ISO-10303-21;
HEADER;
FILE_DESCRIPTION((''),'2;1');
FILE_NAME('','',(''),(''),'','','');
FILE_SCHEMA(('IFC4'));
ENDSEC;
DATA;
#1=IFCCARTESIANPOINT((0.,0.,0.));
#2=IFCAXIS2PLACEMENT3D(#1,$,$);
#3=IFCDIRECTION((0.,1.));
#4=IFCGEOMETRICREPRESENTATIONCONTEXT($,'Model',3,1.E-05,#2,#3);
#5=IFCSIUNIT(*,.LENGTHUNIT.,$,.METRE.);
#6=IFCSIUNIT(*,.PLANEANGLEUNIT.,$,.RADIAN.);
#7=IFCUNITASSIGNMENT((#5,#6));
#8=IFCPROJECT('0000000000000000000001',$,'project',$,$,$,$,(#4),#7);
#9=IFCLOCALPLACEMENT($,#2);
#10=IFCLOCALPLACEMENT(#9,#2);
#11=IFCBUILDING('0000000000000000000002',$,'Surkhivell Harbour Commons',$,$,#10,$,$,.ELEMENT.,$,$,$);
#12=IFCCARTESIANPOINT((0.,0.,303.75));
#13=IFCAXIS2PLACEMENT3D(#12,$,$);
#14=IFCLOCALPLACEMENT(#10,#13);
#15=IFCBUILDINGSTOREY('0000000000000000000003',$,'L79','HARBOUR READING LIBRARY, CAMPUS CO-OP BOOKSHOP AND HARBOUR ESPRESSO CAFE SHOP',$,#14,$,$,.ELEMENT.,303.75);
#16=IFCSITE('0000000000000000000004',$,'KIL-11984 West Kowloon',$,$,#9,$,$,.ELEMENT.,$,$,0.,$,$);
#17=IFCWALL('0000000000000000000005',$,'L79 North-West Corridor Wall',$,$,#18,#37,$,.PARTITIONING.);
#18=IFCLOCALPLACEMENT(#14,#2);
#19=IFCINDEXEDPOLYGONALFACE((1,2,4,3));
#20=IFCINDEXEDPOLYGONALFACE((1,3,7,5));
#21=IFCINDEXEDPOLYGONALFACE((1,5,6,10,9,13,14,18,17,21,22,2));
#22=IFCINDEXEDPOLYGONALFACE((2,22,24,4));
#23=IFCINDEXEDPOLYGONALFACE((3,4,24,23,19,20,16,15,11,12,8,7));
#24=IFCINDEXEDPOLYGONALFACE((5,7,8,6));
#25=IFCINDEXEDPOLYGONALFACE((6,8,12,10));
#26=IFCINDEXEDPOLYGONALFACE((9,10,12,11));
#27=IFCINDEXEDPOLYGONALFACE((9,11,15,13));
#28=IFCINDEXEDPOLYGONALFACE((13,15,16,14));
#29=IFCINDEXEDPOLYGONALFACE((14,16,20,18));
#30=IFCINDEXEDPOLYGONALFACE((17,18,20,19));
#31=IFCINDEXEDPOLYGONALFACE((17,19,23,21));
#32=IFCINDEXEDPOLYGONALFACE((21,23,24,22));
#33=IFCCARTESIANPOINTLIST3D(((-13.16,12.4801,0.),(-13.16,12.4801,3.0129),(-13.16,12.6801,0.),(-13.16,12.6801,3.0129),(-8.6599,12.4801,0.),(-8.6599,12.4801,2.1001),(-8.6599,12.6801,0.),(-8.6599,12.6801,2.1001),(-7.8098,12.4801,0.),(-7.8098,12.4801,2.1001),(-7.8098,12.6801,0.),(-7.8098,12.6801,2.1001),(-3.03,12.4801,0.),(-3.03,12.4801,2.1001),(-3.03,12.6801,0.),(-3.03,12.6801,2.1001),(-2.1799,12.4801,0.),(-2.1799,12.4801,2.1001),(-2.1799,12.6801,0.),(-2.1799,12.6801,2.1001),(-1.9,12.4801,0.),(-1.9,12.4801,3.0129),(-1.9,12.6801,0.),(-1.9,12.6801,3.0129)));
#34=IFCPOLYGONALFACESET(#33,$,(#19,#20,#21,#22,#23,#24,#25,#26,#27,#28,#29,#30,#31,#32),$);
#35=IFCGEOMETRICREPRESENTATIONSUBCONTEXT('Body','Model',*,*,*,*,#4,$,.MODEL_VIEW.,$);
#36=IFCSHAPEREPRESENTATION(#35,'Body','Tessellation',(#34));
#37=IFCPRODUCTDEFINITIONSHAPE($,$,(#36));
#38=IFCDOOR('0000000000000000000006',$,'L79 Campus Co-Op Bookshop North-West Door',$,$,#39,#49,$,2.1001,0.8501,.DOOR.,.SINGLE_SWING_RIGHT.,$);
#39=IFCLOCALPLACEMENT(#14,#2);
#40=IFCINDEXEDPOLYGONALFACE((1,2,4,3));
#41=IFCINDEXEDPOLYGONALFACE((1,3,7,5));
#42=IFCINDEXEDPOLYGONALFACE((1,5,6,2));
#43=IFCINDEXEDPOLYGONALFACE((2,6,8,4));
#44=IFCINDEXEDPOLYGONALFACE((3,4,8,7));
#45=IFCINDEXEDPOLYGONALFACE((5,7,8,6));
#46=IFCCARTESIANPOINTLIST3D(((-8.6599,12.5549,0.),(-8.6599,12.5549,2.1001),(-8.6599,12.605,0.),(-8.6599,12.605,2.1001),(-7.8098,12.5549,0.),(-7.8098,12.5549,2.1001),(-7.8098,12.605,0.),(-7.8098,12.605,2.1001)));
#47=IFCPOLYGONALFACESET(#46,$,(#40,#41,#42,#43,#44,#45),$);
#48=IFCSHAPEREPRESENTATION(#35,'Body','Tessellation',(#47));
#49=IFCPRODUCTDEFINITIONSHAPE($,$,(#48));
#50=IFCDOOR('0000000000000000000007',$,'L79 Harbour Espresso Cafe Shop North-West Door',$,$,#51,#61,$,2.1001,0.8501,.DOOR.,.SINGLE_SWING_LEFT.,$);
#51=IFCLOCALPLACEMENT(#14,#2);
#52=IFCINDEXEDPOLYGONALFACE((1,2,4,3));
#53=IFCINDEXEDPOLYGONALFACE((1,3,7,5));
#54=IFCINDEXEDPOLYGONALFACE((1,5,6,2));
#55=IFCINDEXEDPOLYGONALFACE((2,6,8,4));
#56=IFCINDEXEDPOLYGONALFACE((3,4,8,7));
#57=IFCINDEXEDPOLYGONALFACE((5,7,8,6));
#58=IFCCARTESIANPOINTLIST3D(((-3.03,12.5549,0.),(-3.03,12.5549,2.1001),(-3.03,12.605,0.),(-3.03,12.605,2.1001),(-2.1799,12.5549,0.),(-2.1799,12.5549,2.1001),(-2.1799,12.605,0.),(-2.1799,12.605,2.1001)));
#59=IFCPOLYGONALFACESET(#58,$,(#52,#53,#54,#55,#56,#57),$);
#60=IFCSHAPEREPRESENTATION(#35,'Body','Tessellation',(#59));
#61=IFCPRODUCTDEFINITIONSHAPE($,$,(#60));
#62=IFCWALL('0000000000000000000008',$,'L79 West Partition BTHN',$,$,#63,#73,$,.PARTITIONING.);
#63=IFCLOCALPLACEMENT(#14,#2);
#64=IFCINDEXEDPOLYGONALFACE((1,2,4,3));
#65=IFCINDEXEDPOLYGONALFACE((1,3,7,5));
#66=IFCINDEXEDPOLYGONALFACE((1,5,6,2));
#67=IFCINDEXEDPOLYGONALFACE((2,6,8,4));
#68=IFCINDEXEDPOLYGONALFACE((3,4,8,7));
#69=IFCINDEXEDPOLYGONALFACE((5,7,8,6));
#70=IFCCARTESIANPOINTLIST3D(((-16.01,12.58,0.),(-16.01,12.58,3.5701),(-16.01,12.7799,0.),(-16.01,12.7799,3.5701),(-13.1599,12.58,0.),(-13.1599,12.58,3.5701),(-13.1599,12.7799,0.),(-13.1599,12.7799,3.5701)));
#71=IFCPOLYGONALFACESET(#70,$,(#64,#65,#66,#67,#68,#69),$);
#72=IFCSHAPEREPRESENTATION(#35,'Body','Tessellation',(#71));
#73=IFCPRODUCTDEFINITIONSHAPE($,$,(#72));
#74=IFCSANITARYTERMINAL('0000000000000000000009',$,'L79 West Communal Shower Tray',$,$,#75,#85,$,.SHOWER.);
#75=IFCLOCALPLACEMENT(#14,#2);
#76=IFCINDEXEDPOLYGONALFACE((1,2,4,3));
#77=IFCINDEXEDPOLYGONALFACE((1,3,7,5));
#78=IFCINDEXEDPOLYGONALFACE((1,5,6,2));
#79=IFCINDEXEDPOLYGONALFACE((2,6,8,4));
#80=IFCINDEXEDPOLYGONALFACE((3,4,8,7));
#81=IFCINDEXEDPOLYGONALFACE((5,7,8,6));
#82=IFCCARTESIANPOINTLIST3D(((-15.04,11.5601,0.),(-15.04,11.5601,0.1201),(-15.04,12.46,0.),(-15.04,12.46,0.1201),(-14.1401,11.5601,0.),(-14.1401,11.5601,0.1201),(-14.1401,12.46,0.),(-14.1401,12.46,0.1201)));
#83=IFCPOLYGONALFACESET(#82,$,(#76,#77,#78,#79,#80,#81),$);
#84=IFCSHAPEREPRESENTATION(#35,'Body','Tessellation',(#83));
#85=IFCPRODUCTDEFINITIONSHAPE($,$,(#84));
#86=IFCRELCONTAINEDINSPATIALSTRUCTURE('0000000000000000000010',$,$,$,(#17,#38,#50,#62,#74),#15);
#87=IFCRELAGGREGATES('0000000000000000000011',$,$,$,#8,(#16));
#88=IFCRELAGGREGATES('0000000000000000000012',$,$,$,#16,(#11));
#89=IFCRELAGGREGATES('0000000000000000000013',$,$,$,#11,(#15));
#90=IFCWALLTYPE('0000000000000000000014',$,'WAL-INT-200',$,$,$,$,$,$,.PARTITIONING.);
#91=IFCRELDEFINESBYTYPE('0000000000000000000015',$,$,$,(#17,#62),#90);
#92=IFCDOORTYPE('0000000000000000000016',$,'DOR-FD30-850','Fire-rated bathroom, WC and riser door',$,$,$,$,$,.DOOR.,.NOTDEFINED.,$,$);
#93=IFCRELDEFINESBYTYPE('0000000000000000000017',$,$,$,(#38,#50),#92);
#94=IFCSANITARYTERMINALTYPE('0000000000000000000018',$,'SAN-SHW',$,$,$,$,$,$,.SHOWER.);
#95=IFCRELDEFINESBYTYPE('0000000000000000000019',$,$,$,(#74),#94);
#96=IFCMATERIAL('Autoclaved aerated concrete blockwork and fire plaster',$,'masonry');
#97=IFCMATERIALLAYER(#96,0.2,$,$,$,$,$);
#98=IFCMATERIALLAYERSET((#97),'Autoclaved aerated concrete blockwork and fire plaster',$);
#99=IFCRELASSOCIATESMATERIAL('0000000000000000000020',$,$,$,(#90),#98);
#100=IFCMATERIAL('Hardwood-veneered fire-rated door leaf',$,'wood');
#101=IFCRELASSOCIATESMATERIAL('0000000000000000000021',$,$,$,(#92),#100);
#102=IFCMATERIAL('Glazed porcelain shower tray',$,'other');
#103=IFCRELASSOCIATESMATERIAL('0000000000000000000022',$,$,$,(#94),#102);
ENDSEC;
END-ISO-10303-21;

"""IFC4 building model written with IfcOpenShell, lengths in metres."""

from ifc_helpers import new_model, si_unit, direction, frame, frame_2d, origin, origin_2d, place, context, subcontext, project, spatial, rectangle, extrude, material, layer, layer_set, type_object, element, fill, save


model = new_model("IFC4")

# Units and contexts
model_context = context("Model", 3, precision=1e-05, world=origin(), true_north=direction((0.0, 1.0)))
body_context = subcontext(model_context, "Body", "Model", "MODEL_VIEW")
ifc_project = project(units=[si_unit("LENGTHUNIT", "METRE"), si_unit("PLANEANGLEUNIT", "RADIAN")], contexts=[model_context])

# Site, building, storey
site_placement = place(None, origin())
site = spatial("IfcSite", under=ifc_project, at=site_placement, Name="KIL-11984 West Kowloon", CompositionType="ELEMENT", RefElevation=0.0)
building_placement = place(site_placement, origin())
building = spatial("IfcBuilding", under=site, at=building_placement, Name="Surkhivell Harbour Commons", CompositionType="ELEMENT")
storey_placement = place(building_placement, frame((0.0, 0.0, 303.75)))
storey = spatial("IfcBuildingStorey", under=building, at=storey_placement, Name="L79", Description="HARBOUR READING LIBRARY, CAMPUS CO-OP BOOKSHOP AND HARBOUR ESPRESSO CAFE SHOP", CompositionType="ELEMENT", Elevation=303.75)

# Shared definitions
ifc_material_1 = material(Name="Autoclaved aerated concrete blockwork and fire plaster", Category="masonry")
ifc_layer_1 = layer(ifc_material_1, 0.2)
ifc_layer_set_1 = layer_set([ifc_layer_1], Name="Autoclaved aerated concrete blockwork and fire plaster")
wall_type_1 = type_object("IfcWallType", Name="WAL-INT-200", PredefinedType="PARTITIONING", material=ifc_layer_set_1)

# Wall, openings, doors
wall_1_placement = place(storey_placement, frame((-13.1599, 12.5801, 0.0), z_axis=(0.0, 0.0, 1.0), x_axis=(1.0, 0.0, 0.0)))
wall_1 = element("IfcWall", 1, at=wall_1_placement, inside=storey, type_object=wall_type_1, Name="L79 North-West Corridor Wall", PredefinedType="PARTITIONING", context=body_context, shape_type="SweptSolid", body=[
    extrude(rectangle(XDim=11.26, YDim=0.2, at=frame_2d((5.6299, 0.0))), origin(), (0.0, 0.0, 1.0), 3.0129),
])
opening_1_placement = place(wall_1_placement, frame((4.5, 0.0, 0.0)))
opening_1 = element("IfcOpeningElement", 2, at=opening_1_placement, cuts=wall_1, PredefinedType="OPENING", context=body_context, shape_type="SweptSolid", body=[
    extrude(rectangle(XDim=0.8501, YDim=2.1001, at=frame_2d((0.425, 1.05))), frame((0.0, 0.1099, 0.0), z_axis=(0.0, -1.0, 0.0), x_axis=(1.0, 0.0, 0.0)), (0.0, 0.0, 1.0), 0.22),
])
opening_2_placement = place(wall_1_placement, frame((10.1299, 0.0, 0.0)))
opening_2 = element("IfcOpeningElement", 3, at=opening_2_placement, cuts=wall_1, PredefinedType="OPENING", context=body_context, shape_type="SweptSolid", body=[
    extrude(rectangle(XDim=0.8501, YDim=2.1001, at=frame_2d((0.425, 1.05))), frame((0.0, 0.1099, 0.0), z_axis=(0.0, -1.0, 0.0), x_axis=(1.0, 0.0, 0.0)), (0.0, 0.0, 1.0), 0.22),
])
ifc_material_2 = material(Name="Hardwood-veneered fire-rated door leaf", Category="wood")
door_type = type_object("IfcDoorType", Name="DOR-FD30-850", Description="Fire-rated bathroom, WC and riser door", OperationType="NOTDEFINED", PredefinedType="DOOR", material=ifc_material_2)
door_1_placement = place(opening_1_placement, origin())
door_1 = element("IfcDoor", 4, at=door_1_placement, inside=storey, type_object=door_type, Name="L79 Campus Co-Op Bookshop North-West Door", OperationType="SINGLE_SWING_RIGHT", OverallHeight=2.1001, OverallWidth=0.8501, PredefinedType="DOOR", context=body_context, shape_type="SweptSolid", body=[
    extrude(rectangle(XDim=0.8501, YDim=2.1001, at=frame_2d((0.425, 1.05))), frame((0.0, 0.0249, 0.0), z_axis=(0.0, -1.0, 0.0), x_axis=(1.0, 0.0, 0.0)), (0.0, 0.0, 1.0), 0.05),
])
fill(opening_1, door_1)
door_2_placement = place(opening_2_placement, origin())
door_2 = element("IfcDoor", 5, at=door_2_placement, inside=storey, type_object=door_type, Name="L79 Harbour Espresso Cafe Shop North-West Door", OperationType="SINGLE_SWING_LEFT", OverallHeight=2.1001, OverallWidth=0.8501, PredefinedType="DOOR", context=body_context, shape_type="SweptSolid", body=[
    extrude(rectangle(XDim=0.8501, YDim=2.1001, at=frame_2d((0.425, 1.05))), frame((0.0, 0.0249, 0.0), z_axis=(0.0, -1.0, 0.0), x_axis=(1.0, 0.0, 0.0)), (0.0, 0.0, 1.0), 0.05),
])
fill(opening_2, door_2)

# Wall
wall_2_placement = place(storey_placement, frame((-16.01, 12.6799, 0.0), z_axis=(0.0, 0.0, 1.0), x_axis=(1.0, 0.0, 0.0)))
element("IfcWall", 6, at=wall_2_placement, inside=storey, type_object=wall_type_1, Name="L79 West Partition BTHN", PredefinedType="PARTITIONING", context=body_context, shape_type="SweptSolid", body=[
    extrude(rectangle(XDim=2.8501, YDim=0.2, at=frame_2d((1.425, 0.0))), origin(), (0.0, 0.0, 1.0), 3.5701),
])

# Sanitary terminal
ifc_material_3 = material(Name="Glazed porcelain shower tray", Category="other")
sanitary_terminal_type = type_object("IfcSanitaryTerminalType", Name="SAN-SHW", PredefinedType="SHOWER", material=ifc_material_3)
sanitary_terminal_placement = place(storey_placement, frame((-14.5901, 12.01, 0.0), z_axis=(0.0, 0.0, 1.0), x_axis=(1.0, 0.0, 0.0)))
element("IfcSanitaryTerminal", 7, at=sanitary_terminal_placement, inside=storey, type_object=sanitary_terminal_type, Name="L79 West Communal Shower Tray", PredefinedType="SHOWER", context=body_context, shape_type="SweptSolid", body=[
    extrude(rectangle(XDim=0.8999, YDim=0.8999, at=origin_2d()), origin(), (0.0, 0.0, 1.0), 0.1201),
])

save(model, "model.ifc")
